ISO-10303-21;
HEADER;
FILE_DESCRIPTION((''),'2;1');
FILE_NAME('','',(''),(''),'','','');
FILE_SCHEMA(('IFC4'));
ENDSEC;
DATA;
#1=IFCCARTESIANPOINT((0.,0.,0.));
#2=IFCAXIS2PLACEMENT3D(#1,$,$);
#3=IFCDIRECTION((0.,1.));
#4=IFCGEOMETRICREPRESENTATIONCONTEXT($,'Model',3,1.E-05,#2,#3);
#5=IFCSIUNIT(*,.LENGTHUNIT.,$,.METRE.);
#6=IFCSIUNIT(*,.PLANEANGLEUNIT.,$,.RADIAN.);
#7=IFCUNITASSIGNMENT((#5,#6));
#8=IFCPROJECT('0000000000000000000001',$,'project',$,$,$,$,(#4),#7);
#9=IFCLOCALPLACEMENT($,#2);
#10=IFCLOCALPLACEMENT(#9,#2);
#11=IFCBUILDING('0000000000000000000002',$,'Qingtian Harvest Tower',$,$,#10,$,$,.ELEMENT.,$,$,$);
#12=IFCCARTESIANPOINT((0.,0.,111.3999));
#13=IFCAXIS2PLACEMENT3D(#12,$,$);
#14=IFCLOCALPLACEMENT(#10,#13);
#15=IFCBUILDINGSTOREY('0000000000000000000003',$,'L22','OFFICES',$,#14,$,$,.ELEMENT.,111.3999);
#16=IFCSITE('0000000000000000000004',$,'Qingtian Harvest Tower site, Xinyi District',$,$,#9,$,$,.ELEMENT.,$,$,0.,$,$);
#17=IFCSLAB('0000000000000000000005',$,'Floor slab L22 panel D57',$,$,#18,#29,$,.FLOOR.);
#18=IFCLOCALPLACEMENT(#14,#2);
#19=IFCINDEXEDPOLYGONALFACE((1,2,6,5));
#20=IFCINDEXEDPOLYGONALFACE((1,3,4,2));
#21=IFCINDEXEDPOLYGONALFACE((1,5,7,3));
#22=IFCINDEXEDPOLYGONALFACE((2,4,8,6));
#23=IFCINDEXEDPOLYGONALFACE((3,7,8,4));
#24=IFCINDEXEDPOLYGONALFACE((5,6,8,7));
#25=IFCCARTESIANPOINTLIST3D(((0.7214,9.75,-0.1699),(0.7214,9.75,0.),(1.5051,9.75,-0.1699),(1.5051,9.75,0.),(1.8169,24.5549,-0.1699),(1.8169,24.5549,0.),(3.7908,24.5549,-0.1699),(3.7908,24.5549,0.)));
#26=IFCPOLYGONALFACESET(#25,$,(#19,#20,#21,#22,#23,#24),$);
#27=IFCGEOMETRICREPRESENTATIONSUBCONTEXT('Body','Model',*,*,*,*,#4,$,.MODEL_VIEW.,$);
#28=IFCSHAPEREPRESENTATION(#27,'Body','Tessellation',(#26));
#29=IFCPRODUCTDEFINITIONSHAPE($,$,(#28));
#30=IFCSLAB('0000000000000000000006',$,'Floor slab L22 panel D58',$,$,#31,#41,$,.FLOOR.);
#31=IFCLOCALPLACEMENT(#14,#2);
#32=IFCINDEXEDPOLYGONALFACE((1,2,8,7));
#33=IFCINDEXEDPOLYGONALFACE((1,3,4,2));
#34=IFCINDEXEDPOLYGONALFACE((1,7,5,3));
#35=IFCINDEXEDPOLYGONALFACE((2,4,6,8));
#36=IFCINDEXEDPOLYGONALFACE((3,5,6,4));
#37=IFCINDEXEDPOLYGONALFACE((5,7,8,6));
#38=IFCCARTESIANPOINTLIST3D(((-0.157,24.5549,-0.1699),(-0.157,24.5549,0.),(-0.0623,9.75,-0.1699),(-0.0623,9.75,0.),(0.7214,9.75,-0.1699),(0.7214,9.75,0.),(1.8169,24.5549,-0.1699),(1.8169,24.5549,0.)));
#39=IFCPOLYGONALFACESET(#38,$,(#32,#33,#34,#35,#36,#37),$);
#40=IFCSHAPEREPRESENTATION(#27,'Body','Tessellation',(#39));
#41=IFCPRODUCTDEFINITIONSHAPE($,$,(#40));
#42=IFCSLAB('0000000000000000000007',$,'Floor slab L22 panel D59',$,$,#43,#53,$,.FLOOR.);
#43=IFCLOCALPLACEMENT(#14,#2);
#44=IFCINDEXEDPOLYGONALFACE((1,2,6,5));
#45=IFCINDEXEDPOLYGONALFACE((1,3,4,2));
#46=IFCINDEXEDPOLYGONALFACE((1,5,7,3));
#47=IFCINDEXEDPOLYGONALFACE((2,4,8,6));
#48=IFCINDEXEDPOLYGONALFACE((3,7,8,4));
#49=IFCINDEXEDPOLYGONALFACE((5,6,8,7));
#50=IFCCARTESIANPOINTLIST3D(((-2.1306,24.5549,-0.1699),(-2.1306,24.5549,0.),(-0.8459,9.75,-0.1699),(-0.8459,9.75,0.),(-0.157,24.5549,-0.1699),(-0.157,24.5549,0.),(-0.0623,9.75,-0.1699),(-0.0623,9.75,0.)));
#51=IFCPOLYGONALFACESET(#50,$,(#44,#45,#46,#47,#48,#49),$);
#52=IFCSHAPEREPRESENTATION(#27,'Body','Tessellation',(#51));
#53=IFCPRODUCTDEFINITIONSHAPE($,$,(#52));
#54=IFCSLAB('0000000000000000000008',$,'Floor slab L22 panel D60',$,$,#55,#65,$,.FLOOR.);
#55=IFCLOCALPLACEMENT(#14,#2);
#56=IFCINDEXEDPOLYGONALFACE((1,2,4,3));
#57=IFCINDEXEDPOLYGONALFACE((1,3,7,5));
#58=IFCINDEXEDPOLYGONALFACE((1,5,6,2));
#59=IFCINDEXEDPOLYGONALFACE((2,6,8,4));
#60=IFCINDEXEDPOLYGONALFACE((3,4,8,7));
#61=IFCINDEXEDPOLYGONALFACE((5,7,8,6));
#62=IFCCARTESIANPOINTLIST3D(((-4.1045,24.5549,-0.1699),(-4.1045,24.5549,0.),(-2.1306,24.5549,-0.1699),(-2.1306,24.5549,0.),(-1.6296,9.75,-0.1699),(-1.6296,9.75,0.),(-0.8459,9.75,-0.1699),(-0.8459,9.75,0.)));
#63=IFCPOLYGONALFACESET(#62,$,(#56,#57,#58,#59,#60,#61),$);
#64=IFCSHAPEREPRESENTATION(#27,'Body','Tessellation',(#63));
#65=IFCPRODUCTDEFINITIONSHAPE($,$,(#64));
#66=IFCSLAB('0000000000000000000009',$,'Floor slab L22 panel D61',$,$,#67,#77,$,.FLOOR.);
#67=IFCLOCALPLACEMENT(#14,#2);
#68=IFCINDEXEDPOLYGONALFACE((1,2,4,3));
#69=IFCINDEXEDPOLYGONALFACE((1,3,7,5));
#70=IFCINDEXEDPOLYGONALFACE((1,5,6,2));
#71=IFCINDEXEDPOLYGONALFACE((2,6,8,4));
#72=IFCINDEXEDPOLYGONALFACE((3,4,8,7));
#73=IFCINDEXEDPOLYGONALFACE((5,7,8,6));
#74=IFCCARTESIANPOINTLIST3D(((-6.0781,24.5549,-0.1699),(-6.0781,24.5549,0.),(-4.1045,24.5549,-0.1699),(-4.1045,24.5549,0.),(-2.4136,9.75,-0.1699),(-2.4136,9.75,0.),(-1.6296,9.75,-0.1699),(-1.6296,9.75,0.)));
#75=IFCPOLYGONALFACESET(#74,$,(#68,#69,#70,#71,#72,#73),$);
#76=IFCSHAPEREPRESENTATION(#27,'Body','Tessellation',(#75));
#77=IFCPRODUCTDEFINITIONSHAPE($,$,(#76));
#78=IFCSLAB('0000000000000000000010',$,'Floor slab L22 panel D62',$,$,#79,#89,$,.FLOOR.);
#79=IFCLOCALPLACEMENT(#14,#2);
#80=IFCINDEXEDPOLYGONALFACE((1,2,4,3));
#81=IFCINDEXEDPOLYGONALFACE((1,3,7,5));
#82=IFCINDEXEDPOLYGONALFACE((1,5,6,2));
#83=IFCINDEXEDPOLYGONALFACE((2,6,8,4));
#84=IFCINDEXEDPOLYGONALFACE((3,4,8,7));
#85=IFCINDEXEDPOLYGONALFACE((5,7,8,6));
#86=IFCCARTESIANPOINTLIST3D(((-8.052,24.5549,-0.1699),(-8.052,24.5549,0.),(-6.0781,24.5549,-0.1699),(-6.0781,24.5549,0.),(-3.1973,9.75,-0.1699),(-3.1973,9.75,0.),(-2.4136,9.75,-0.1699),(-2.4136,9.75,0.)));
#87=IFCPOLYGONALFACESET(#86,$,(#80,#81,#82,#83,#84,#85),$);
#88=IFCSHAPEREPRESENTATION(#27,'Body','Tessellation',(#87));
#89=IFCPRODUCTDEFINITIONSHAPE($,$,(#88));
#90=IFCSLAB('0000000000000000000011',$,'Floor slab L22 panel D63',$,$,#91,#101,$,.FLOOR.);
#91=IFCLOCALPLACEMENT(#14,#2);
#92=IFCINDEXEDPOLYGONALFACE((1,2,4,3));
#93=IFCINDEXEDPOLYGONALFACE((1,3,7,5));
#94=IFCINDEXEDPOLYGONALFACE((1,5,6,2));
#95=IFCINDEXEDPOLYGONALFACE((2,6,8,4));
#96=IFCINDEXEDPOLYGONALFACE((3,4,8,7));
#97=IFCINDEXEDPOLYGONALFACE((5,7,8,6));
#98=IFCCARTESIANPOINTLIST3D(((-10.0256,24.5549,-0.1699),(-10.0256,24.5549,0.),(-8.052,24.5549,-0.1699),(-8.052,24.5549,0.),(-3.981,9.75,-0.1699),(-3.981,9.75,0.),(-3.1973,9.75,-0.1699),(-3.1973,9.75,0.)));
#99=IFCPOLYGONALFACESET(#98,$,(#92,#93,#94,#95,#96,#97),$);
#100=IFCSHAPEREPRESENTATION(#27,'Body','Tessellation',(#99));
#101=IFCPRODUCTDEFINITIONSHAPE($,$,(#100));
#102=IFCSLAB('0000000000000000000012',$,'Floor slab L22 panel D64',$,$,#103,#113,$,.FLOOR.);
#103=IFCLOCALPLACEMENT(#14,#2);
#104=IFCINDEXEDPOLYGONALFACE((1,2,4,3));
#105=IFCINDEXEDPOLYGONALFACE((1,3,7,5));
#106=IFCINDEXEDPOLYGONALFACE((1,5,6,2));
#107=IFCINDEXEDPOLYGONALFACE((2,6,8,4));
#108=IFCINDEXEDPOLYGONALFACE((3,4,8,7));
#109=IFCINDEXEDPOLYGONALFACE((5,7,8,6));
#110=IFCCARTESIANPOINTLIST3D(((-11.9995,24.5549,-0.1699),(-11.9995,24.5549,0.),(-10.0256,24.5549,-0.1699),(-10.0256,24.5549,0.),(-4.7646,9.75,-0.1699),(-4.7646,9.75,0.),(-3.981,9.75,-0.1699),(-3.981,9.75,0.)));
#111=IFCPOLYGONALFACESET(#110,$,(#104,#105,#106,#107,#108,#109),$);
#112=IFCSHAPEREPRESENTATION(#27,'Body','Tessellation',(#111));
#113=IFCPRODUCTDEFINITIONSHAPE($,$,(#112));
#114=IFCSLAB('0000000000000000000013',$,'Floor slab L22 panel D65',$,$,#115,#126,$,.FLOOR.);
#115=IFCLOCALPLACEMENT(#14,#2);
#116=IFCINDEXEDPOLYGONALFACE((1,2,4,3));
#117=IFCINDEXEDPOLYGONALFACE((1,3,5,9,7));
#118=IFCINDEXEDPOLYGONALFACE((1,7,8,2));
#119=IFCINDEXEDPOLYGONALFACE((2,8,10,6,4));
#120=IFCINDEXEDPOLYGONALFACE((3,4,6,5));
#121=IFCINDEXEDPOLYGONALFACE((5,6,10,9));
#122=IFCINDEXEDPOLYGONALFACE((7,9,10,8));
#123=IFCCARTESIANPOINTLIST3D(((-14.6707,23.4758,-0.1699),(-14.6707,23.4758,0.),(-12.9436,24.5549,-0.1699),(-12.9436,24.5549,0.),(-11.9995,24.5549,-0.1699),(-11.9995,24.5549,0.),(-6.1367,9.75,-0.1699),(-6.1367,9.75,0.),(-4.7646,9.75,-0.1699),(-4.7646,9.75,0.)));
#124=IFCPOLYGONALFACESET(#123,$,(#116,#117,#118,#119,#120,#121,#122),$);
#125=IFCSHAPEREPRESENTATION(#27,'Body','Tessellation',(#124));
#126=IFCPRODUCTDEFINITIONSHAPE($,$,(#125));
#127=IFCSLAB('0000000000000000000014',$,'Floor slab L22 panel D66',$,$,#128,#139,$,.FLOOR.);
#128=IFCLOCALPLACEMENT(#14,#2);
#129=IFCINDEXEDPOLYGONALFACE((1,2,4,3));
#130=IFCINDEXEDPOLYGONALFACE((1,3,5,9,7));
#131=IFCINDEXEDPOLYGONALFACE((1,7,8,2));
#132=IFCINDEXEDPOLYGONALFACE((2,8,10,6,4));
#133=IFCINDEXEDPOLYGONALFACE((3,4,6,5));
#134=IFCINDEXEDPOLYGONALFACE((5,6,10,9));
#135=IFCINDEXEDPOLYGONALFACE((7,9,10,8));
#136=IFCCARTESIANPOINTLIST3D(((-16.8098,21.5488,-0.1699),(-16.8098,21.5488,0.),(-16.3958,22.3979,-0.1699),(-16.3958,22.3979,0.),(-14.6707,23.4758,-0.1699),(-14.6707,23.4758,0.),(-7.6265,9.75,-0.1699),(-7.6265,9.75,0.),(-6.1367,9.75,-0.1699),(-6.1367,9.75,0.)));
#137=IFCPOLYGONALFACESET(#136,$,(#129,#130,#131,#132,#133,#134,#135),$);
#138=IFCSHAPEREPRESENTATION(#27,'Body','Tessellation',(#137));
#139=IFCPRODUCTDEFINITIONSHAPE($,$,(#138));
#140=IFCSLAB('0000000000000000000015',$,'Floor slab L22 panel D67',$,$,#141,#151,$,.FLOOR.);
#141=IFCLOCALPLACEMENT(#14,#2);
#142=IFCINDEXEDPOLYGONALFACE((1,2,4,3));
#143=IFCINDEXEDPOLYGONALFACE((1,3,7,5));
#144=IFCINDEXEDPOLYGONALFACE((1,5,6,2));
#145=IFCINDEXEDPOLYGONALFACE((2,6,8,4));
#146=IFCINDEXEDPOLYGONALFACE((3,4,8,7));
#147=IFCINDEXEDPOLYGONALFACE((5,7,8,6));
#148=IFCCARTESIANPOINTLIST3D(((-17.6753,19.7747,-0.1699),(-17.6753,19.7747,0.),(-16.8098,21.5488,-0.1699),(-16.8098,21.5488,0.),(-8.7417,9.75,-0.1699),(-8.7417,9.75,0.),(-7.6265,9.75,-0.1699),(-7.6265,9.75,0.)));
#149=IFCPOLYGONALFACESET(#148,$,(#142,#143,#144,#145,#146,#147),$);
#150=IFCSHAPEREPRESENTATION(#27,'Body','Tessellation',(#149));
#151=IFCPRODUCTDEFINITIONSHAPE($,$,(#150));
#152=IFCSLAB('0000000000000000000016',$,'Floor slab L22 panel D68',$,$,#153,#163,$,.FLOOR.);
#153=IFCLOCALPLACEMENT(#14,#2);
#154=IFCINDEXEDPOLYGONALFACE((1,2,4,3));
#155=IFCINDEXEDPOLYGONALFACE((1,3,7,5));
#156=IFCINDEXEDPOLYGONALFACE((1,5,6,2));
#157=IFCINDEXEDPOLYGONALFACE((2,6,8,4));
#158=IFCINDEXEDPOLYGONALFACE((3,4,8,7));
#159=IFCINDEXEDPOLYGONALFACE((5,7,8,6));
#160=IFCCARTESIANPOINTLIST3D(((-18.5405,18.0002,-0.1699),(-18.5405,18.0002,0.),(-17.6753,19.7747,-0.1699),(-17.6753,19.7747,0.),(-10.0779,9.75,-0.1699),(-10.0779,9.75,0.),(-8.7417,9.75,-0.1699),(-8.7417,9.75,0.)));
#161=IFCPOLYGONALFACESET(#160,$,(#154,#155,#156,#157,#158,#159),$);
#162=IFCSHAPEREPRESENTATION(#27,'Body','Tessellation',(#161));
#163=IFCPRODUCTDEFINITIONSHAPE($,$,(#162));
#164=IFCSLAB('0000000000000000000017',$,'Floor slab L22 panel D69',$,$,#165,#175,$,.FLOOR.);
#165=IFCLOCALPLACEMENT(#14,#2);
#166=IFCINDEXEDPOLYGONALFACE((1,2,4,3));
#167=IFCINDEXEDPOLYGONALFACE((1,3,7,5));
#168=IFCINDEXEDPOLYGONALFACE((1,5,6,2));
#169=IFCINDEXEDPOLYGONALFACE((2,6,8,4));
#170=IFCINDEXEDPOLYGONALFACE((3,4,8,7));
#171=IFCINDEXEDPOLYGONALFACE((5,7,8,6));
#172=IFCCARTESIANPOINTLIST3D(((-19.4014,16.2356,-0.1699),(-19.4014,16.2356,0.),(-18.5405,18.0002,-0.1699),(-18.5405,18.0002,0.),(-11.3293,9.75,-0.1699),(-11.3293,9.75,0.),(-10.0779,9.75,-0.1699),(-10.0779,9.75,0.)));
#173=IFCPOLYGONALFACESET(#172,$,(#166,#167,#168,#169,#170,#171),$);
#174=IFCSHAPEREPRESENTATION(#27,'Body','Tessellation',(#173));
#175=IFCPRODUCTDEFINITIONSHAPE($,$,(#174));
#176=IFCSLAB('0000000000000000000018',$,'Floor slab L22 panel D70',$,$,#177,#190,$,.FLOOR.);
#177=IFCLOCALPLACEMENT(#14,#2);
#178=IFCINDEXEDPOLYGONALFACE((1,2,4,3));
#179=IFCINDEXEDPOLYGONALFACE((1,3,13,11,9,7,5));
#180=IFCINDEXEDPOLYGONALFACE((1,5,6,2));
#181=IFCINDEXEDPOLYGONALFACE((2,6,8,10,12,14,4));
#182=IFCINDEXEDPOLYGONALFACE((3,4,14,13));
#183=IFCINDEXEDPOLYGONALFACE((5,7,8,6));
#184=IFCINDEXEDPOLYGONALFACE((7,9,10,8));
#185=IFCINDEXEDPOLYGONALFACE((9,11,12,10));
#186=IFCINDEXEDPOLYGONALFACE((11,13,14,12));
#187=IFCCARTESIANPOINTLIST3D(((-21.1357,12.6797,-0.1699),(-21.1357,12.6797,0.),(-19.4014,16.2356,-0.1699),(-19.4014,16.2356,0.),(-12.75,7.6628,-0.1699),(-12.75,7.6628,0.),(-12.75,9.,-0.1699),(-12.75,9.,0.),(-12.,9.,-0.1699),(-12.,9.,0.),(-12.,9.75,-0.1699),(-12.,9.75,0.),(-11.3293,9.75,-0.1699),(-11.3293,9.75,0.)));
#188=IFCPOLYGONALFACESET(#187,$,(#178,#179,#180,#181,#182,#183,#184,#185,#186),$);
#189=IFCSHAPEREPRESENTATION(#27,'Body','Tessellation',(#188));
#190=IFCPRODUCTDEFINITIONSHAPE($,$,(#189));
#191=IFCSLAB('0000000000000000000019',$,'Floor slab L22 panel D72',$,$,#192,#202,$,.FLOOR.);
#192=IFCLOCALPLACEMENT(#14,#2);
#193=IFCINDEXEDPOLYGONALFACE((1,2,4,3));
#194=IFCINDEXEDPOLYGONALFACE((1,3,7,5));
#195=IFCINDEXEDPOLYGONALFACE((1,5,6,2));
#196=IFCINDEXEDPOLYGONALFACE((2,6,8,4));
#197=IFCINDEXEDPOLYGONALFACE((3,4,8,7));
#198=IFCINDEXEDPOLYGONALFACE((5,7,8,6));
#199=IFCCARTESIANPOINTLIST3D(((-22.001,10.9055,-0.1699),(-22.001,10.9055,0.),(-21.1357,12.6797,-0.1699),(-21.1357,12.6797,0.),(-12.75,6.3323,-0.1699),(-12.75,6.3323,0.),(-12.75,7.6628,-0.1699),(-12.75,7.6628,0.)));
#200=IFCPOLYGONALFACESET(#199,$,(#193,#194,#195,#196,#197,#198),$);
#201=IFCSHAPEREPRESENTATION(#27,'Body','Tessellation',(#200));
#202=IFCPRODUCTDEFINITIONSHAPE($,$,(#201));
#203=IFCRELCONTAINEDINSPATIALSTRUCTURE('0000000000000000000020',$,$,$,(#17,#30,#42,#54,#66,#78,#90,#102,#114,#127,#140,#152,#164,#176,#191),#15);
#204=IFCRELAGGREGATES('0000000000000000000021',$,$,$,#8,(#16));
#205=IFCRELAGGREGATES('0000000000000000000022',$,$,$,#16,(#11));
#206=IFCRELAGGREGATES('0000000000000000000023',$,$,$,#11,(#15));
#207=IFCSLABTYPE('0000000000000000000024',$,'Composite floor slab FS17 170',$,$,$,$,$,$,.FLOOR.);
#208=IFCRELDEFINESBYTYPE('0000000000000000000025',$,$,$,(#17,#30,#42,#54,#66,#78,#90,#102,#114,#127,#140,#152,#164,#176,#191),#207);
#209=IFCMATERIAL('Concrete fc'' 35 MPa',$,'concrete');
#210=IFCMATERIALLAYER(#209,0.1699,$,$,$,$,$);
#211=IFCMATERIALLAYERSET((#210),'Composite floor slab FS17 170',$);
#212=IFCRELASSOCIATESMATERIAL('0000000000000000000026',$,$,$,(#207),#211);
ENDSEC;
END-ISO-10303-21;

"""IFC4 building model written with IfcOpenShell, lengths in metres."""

from ifc_helpers import new_model, si_unit, direction, frame, origin, place, context, subcontext, project, spatial, polyline, outline, extrude, material, layer, layer_set, type_object, element, save


model = new_model("IFC4")

# Units and contexts
model_context = context("Model", 3, precision=1e-05, world=origin(), true_north=direction((0.0, 1.0)))
body_context = subcontext(model_context, "Body", "Model", "MODEL_VIEW")
ifc_project = project(units=[si_unit("LENGTHUNIT", "METRE"), si_unit("PLANEANGLEUNIT", "RADIAN")], contexts=[model_context])

# Site, building, storey
site_placement = place(None, origin())
site = spatial("IfcSite", under=ifc_project, at=site_placement, Name="Qingtian Harvest Tower site, Xinyi District", CompositionType="ELEMENT", RefElevation=0.0)
building_placement = place(site_placement, origin())
building = spatial("IfcBuilding", under=site, at=building_placement, Name="Qingtian Harvest Tower", CompositionType="ELEMENT")
storey_placement = place(building_placement, frame((0.0, 0.0, 111.3999)))
storey = spatial("IfcBuildingStorey", under=building, at=storey_placement, Name="L22", Description="OFFICES", CompositionType="ELEMENT", Elevation=111.3999)

# Slabs
ifc_material_1 = material(Name="Concrete fc' 35 MPa", Category="concrete")
ifc_layer_1 = layer(ifc_material_1, 0.1699)
ifc_layer_set_1 = layer_set([ifc_layer_1], Name="Composite floor slab FS17 170")
slab_type = type_object("IfcSlabType", Name="Composite floor slab FS17 170", PredefinedType="FLOOR", material=ifc_layer_set_1)
slab_1_placement = place(storey_placement, frame((0.0, 0.0, -0.1699)))
element("IfcSlab", 1, at=slab_1_placement, inside=storey, type_object=slab_type, Name="Floor slab L22 panel D57", PredefinedType="FLOOR", context=body_context, shape_type="SweptSolid", body=[
    extrude(outline(polyline([(0.7214, 9.75), (1.8169, 24.5549), (3.7908, 24.5549), (1.5051, 9.75), (0.7214, 9.75)])), origin(), (0.0, 0.0, 1.0), 0.1699),
])
slab_2_placement = place(storey_placement, frame((0.0, 0.0, -0.1699)))
element("IfcSlab", 2, at=slab_2_placement, inside=storey, type_object=slab_type, Name="Floor slab L22 panel D58", PredefinedType="FLOOR", context=body_context, shape_type="SweptSolid", body=[
    extrude(outline(polyline([(-0.0623, 9.75), (-0.157, 24.5549), (1.8169, 24.5549), (0.7214, 9.75), (-0.0623, 9.75)])), origin(), (0.0, 0.0, 1.0), 0.1699),
])
slab_3_placement = place(storey_placement, frame((0.0, 0.0, -0.1699)))
element("IfcSlab", 3, at=slab_3_placement, inside=storey, type_object=slab_type, Name="Floor slab L22 panel D59", PredefinedType="FLOOR", context=body_context, shape_type="SweptSolid", body=[
    extrude(outline(polyline([(-0.8459, 9.75), (-2.1306, 24.5549), (-0.157, 24.5549), (-0.0623, 9.75), (-0.8459, 9.75)])), origin(), (0.0, 0.0, 1.0), 0.1699),
])
slab_4_placement = place(storey_placement, frame((0.0, 0.0, -0.1699)))
element("IfcSlab", 4, at=slab_4_placement, inside=storey, type_object=slab_type, Name="Floor slab L22 panel D60", PredefinedType="FLOOR", context=body_context, shape_type="SweptSolid", body=[
    extrude(outline(polyline([(-1.6296, 9.75), (-4.1045, 24.5549), (-2.1306, 24.5549), (-0.8459, 9.75), (-1.6296, 9.75)])), origin(), (0.0, 0.0, 1.0), 0.1699),
])
slab_5_placement = place(storey_placement, frame((0.0, 0.0, -0.1699)))
element("IfcSlab", 5, at=slab_5_placement, inside=storey, type_object=slab_type, Name="Floor slab L22 panel D61", PredefinedType="FLOOR", context=body_context, shape_type="SweptSolid", body=[
    extrude(outline(polyline([(-2.4136, 9.75), (-6.0781, 24.5549), (-4.1045, 24.5549), (-1.6296, 9.75), (-2.4136, 9.75)])), origin(), (0.0, 0.0, 1.0), 0.1699),
])
slab_6_placement = place(storey_placement, frame((0.0, 0.0, -0.1699)))
element("IfcSlab", 6, at=slab_6_placement, inside=storey, type_object=slab_type, Name="Floor slab L22 panel D62", PredefinedType="FLOOR", context=body_context, shape_type="SweptSolid", body=[
    extrude(outline(polyline([(-3.1973, 9.75), (-8.052, 24.5549), (-6.0781, 24.5549), (-2.4136, 9.75), (-3.1973, 9.75)])), origin(), (0.0, 0.0, 1.0), 0.1699),
])
slab_7_placement = place(storey_placement, frame((0.0, 0.0, -0.1699)))
element("IfcSlab", 7, at=slab_7_placement, inside=storey, type_object=slab_type, Name="Floor slab L22 panel D63", PredefinedType="FLOOR", context=body_context, shape_type="SweptSolid", body=[
    extrude(outline(polyline([(-3.981, 9.75), (-10.0256, 24.5549), (-8.052, 24.5549), (-3.1973, 9.75), (-3.981, 9.75)])), origin(), (0.0, 0.0, 1.0), 0.1699),
])
slab_8_placement = place(storey_placement, frame((0.0, 0.0, -0.1699)))
element("IfcSlab", 8, at=slab_8_placement, inside=storey, type_object=slab_type, Name="Floor slab L22 panel D64", PredefinedType="FLOOR", context=body_context, shape_type="SweptSolid", body=[
    extrude(outline(polyline([(-4.7646, 9.75), (-11.9995, 24.5549), (-10.0256, 24.5549), (-3.981, 9.75), (-4.7646, 9.75)])), origin(), (0.0, 0.0, 1.0), 0.1699),
])
slab_9_placement = place(storey_placement, frame((0.0, 0.0, -0.1699)))
element("IfcSlab", 9, at=slab_9_placement, inside=storey, type_object=slab_type, Name="Floor slab L22 panel D65", PredefinedType="FLOOR", context=body_context, shape_type="SweptSolid", body=[
    extrude(outline(polyline([(-4.7646, 9.75), (-6.1367, 9.75), (-14.6707, 23.4758), (-12.9436, 24.5549), (-11.9995, 24.5549), (-4.7646, 9.75)])), origin(), (0.0, 0.0, 1.0), 0.1699),
])
slab_10_placement = place(storey_placement, frame((0.0, 0.0, -0.1699)))
element("IfcSlab", 10, at=slab_10_placement, inside=storey, type_object=slab_type, Name="Floor slab L22 panel D66", PredefinedType="FLOOR", context=body_context, shape_type="SweptSolid", body=[
    extrude(outline(polyline([(-6.1367, 9.75), (-7.6265, 9.75), (-16.8098, 21.5488), (-16.3958, 22.3979), (-14.6707, 23.4758), (-6.1367, 9.75)])), origin(), (0.0, 0.0, 1.0), 0.1699),
])
slab_11_placement = place(storey_placement, frame((0.0, 0.0, -0.1699)))
element("IfcSlab", 11, at=slab_11_placement, inside=storey, type_object=slab_type, Name="Floor slab L22 panel D67", PredefinedType="FLOOR", context=body_context, shape_type="SweptSolid", body=[
    extrude(outline(polyline([(-8.7417, 9.75), (-17.6753, 19.7747), (-16.8098, 21.5488), (-7.6265, 9.75), (-8.7417, 9.75)])), origin(), (0.0, 0.0, 1.0), 0.1699),
])
slab_12_placement = place(storey_placement, frame((0.0, 0.0, -0.1699)))
element("IfcSlab", 12, at=slab_12_placement, inside=storey, type_object=slab_type, Name="Floor slab L22 panel D68", PredefinedType="FLOOR", context=body_context, shape_type="SweptSolid", body=[
    extrude(outline(polyline([(-10.0779, 9.75), (-18.5405, 18.0002), (-17.6753, 19.7747), (-8.7417, 9.75), (-10.0779, 9.75)])), origin(), (0.0, 0.0, 1.0), 0.1699),
])
slab_13_placement = place(storey_placement, frame((0.0, 0.0, -0.1699)))
element("IfcSlab", 13, at=slab_13_placement, inside=storey, type_object=slab_type, Name="Floor slab L22 panel D69", PredefinedType="FLOOR", context=body_context, shape_type="SweptSolid", body=[
    extrude(outline(polyline([(-11.3293, 9.75), (-19.4014, 16.2356), (-18.5405, 18.0002), (-10.0779, 9.75), (-11.3293, 9.75)])), origin(), (0.0, 0.0, 1.0), 0.1699),
])
slab_14_placement = place(storey_placement, frame((0.0, 0.0, -0.1699)))
element("IfcSlab", 14, at=slab_14_placement, inside=storey, type_object=slab_type, Name="Floor slab L22 panel D70", PredefinedType="FLOOR", context=body_context, shape_type="SweptSolid", body=[
    extrude(outline(polyline([(-12.0, 9.0), (-12.75, 9.0), (-12.75, 7.6628), (-21.1357, 12.6797), (-19.4014, 16.2356), (-11.3293, 9.75), (-12.0, 9.75), (-12.0, 9.0)])), origin(), (0.0, 0.0, 1.0), 0.1699),
])
slab_15_placement = place(storey_placement, frame((0.0, 0.0, -0.1699)))
element("IfcSlab", 15, at=slab_15_placement, inside=storey, type_object=slab_type, Name="Floor slab L22 panel D72", PredefinedType="FLOOR", context=body_context, shape_type="SweptSolid", body=[
    extrude(outline(polyline([(-12.75, 6.3323), (-22.001, 10.9055), (-21.1357, 12.6797), (-12.75, 7.6628), (-12.75, 6.3323)])), origin(), (0.0, 0.0, 1.0), 0.1699),
])

save(model, "model.ifc")
